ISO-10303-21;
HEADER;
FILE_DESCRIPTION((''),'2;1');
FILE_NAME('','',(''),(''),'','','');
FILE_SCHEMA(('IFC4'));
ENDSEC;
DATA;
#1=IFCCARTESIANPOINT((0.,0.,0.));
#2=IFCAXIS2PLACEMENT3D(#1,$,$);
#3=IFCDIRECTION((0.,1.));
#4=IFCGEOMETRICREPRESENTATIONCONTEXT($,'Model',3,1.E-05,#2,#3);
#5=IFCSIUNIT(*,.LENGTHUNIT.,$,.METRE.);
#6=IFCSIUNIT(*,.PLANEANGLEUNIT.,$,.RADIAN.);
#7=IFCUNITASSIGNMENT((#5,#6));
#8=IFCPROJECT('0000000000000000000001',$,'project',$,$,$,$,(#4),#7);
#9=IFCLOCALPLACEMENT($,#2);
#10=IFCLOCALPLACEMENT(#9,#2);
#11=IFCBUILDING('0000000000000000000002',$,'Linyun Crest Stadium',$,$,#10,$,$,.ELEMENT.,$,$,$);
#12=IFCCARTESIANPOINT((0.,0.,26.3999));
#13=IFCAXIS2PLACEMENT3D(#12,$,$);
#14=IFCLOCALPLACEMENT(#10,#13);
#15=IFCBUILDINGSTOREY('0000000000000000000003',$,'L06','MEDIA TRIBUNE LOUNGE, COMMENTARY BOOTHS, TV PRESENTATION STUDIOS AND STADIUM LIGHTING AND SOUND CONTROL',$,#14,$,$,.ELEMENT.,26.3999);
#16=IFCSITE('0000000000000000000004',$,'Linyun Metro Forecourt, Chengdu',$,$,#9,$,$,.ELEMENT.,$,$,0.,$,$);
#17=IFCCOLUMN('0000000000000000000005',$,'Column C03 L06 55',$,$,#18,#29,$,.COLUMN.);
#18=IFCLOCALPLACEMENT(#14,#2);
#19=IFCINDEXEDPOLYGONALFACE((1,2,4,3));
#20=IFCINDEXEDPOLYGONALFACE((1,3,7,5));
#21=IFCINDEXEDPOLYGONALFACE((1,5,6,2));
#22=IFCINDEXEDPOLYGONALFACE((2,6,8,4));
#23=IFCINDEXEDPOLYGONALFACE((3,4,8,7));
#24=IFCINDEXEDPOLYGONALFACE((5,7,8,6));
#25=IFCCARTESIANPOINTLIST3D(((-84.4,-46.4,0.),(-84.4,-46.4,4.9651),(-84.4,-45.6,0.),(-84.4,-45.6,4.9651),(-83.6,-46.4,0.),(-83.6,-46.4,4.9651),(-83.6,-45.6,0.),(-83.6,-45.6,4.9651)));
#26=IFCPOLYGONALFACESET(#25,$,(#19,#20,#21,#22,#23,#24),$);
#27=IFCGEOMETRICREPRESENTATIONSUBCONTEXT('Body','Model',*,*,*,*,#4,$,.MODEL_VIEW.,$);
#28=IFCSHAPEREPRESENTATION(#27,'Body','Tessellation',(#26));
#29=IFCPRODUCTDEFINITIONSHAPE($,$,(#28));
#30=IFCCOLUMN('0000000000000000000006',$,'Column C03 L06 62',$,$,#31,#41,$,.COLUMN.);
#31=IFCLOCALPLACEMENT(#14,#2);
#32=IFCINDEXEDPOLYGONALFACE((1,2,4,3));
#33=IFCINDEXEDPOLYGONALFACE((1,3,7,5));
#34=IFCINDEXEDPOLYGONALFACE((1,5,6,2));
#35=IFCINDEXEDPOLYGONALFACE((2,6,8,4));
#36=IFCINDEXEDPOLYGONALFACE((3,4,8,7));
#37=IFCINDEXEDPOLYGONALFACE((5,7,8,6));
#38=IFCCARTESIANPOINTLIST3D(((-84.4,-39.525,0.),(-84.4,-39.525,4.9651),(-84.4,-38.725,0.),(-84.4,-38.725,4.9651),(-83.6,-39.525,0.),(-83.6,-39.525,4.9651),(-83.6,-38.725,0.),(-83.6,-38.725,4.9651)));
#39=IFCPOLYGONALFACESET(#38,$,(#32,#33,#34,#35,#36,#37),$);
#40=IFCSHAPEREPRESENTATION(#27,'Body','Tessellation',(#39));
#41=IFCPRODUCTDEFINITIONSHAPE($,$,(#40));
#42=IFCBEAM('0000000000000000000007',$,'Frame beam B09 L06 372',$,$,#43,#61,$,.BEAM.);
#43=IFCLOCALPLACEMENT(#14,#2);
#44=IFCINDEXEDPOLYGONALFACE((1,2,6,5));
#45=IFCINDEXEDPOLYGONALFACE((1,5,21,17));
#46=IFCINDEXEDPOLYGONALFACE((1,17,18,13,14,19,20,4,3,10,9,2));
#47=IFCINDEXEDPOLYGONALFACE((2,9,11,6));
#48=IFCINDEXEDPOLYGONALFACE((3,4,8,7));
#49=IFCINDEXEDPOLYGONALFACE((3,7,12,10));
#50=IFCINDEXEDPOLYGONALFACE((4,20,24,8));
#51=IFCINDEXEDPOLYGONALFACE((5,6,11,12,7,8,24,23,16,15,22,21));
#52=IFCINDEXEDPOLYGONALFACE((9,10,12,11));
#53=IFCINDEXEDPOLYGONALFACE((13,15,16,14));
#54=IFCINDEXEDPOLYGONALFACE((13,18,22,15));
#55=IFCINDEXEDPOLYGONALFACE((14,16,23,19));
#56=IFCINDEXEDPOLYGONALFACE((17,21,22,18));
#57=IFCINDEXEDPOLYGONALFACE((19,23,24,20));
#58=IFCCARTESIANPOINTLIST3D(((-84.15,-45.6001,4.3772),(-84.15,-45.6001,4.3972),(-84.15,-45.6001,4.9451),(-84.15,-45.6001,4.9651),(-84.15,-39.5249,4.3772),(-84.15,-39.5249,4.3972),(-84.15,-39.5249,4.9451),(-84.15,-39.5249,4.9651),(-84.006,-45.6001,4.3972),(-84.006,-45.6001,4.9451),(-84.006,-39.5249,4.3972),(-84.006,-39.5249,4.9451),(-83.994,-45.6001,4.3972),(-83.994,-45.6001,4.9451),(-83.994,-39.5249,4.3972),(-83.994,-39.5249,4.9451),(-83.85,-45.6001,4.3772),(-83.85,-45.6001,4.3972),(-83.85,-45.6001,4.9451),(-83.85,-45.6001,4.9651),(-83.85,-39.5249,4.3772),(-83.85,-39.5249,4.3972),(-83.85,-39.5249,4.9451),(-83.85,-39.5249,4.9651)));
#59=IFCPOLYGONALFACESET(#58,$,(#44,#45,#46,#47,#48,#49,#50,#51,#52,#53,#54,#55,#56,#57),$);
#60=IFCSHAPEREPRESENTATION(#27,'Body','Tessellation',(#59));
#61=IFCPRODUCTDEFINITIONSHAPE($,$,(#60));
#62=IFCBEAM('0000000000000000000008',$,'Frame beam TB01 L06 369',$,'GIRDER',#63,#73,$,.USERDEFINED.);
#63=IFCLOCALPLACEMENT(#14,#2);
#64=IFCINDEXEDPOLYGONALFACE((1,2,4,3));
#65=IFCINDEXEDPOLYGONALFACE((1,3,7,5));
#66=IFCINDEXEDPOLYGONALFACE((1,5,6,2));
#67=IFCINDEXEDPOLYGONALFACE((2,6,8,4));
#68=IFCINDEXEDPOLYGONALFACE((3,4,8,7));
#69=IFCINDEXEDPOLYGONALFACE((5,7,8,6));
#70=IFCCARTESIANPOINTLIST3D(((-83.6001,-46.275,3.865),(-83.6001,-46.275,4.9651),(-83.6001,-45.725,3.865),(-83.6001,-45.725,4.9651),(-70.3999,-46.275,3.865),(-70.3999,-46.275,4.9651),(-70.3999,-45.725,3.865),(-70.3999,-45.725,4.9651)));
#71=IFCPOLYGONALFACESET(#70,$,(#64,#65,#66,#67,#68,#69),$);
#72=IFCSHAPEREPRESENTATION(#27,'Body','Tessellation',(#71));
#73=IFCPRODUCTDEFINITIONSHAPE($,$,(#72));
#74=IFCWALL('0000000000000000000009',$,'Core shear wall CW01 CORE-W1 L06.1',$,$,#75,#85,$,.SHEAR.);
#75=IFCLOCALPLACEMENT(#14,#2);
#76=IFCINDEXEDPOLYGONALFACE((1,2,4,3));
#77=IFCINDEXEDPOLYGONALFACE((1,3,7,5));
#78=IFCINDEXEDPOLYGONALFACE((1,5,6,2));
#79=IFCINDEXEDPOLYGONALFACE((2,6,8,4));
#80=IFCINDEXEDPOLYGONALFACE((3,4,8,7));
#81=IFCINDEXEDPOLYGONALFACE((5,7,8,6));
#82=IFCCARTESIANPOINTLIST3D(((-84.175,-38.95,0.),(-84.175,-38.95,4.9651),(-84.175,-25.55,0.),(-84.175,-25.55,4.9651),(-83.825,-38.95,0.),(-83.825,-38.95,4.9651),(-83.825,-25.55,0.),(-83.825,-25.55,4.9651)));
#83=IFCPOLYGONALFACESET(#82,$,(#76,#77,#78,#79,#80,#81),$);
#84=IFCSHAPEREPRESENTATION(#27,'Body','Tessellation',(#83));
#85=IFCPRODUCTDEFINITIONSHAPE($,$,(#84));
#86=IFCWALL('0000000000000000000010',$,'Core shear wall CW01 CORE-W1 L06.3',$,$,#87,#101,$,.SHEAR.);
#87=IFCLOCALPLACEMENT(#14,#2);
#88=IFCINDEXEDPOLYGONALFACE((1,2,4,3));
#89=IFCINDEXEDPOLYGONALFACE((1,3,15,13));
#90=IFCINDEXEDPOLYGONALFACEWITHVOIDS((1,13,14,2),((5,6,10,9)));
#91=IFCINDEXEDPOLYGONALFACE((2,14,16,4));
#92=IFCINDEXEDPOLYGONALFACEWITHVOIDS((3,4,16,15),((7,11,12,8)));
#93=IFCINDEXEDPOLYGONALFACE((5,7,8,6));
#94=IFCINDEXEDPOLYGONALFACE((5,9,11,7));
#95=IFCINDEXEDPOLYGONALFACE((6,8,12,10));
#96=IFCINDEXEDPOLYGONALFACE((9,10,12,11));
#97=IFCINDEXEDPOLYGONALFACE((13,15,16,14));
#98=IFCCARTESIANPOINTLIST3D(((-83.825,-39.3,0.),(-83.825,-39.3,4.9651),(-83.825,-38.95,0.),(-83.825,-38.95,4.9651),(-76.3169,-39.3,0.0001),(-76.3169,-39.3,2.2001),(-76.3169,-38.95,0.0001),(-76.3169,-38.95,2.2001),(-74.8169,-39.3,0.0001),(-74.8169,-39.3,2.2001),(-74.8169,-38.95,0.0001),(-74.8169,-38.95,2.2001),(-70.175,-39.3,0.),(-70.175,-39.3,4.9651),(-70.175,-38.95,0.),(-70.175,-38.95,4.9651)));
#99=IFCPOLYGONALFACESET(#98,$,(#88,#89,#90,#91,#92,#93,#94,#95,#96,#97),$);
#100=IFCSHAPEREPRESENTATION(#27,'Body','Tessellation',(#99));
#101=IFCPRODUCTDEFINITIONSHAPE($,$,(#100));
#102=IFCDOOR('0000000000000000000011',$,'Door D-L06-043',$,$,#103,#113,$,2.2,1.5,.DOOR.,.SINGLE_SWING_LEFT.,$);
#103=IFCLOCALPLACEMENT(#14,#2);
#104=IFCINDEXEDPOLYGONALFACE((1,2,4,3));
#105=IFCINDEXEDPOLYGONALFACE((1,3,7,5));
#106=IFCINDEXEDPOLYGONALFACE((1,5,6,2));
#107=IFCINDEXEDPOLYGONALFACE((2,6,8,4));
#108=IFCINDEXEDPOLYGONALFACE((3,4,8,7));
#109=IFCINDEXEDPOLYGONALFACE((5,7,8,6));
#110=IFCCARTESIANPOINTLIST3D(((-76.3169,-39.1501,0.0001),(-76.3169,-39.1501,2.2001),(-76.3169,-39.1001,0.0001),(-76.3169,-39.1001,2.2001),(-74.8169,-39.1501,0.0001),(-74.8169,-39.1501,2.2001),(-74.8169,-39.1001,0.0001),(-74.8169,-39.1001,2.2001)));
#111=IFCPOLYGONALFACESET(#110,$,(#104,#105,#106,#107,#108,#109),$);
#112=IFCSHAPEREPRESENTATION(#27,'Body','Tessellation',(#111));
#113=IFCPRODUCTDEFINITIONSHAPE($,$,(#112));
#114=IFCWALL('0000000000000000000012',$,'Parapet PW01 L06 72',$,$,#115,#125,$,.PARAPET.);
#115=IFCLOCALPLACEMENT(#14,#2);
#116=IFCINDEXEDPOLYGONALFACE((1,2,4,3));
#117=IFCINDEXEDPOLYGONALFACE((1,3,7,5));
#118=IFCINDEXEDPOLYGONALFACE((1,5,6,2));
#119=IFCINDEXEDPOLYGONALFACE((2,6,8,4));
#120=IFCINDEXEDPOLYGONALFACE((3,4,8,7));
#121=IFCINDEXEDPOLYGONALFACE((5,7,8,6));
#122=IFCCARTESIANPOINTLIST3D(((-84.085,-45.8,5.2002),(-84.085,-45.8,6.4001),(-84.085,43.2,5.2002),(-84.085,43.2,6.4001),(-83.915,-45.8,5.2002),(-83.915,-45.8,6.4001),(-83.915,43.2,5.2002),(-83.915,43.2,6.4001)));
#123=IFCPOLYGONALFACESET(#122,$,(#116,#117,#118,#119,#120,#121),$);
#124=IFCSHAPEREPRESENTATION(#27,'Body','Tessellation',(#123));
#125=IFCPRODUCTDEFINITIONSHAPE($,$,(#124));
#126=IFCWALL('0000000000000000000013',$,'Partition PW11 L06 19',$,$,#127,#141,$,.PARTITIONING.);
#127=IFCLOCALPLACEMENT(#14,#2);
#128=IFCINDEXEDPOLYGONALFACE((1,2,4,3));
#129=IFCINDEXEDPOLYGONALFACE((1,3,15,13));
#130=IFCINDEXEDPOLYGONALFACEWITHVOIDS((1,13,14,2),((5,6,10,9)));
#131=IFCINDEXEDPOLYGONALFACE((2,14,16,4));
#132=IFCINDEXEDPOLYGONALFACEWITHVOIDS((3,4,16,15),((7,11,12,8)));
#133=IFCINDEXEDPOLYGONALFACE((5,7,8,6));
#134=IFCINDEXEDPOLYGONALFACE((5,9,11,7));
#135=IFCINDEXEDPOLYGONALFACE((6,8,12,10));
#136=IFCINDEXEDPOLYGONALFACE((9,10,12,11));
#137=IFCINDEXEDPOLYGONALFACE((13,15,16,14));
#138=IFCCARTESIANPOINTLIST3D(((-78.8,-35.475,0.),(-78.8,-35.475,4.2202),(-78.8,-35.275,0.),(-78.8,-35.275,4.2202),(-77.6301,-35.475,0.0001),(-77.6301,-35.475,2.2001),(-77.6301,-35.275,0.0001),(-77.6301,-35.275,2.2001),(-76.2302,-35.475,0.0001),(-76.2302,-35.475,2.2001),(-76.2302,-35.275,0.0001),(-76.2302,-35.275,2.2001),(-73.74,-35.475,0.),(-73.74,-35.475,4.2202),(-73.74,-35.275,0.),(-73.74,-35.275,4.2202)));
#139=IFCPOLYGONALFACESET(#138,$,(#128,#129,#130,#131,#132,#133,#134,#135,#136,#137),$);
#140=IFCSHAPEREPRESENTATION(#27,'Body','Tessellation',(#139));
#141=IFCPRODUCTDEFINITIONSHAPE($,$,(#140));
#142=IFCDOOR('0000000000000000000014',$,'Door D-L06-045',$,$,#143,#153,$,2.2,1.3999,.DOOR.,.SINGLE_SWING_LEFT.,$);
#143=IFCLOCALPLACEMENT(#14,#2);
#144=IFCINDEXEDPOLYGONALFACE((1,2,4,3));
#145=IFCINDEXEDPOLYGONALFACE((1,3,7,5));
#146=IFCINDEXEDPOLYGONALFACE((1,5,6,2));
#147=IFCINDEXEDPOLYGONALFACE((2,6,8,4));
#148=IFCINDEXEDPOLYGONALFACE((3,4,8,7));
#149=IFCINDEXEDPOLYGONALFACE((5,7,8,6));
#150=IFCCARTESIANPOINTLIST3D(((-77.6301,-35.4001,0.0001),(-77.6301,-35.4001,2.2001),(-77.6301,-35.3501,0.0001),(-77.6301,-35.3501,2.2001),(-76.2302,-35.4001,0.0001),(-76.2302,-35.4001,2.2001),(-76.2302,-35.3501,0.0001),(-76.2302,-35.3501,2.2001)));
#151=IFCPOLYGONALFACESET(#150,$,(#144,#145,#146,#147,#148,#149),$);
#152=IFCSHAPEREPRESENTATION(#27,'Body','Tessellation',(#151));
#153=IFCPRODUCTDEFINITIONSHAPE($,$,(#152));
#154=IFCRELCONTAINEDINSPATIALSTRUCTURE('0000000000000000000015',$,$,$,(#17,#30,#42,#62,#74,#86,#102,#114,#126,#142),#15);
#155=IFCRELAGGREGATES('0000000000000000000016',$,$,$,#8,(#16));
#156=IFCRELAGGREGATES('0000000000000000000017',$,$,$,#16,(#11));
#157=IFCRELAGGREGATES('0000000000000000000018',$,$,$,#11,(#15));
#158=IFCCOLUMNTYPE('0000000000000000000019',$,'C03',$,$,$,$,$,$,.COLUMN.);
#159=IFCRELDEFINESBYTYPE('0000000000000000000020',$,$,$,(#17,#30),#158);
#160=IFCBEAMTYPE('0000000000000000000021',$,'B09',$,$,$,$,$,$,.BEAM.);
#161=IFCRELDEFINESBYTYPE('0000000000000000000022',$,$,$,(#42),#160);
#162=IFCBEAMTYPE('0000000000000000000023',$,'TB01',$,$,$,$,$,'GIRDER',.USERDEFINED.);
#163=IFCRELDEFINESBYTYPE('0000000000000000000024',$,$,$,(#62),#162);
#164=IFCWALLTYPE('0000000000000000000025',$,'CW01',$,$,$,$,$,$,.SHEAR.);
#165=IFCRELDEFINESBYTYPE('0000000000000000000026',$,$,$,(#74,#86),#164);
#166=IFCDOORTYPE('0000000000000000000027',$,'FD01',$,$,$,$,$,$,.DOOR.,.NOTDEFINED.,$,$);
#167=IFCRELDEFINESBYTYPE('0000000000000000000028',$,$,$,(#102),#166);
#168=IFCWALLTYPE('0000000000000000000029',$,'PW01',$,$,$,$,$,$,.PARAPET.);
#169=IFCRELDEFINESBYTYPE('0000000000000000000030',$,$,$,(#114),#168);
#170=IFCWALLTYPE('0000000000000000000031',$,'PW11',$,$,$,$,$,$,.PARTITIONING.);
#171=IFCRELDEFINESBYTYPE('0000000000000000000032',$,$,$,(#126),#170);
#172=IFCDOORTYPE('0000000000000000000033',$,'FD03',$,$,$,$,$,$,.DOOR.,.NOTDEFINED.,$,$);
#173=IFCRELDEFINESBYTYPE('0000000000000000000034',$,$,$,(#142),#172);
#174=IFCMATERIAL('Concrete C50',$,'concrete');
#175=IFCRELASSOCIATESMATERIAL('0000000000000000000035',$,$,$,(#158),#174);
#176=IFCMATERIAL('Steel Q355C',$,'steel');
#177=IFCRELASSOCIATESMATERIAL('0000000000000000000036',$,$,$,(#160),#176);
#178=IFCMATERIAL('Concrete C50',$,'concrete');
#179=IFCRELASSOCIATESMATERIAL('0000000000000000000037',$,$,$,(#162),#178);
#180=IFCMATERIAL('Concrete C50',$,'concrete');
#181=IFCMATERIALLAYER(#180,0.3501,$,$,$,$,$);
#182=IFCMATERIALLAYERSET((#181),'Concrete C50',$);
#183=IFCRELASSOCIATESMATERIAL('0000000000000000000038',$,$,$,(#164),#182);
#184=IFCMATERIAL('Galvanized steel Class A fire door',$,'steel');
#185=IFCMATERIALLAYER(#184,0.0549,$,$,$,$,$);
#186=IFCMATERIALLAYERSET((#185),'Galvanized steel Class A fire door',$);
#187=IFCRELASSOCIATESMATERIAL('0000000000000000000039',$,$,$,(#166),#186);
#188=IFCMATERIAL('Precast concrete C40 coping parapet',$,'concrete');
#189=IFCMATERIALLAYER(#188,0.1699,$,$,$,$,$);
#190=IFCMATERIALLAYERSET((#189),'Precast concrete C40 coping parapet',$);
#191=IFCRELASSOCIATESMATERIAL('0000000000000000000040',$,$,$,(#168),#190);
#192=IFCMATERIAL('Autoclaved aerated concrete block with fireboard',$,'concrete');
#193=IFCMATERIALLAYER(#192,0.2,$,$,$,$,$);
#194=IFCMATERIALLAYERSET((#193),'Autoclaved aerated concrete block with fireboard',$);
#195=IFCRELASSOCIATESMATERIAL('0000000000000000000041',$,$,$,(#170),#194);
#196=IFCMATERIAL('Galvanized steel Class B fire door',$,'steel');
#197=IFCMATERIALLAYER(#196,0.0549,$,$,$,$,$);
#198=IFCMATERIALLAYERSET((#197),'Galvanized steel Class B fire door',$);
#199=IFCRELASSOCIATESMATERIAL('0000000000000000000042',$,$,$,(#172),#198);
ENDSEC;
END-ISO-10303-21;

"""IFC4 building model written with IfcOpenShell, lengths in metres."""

from ifc_helpers import new_model, si_unit, direction, frame, frame_2d, origin, origin_2d, place, context, subcontext, project, spatial, rectangle, i_section, extrude, material, layer, layer_set, material_profile, profile_set, type_object, element, fill, save


model = new_model("IFC4")

# Units and contexts
model_context = context("Model", 3, precision=1e-05, world=origin(), true_north=direction((0.0, 1.0)))
body_context = subcontext(model_context, "Body", "Model", "MODEL_VIEW")
ifc_project = project(units=[si_unit("LENGTHUNIT", "METRE"), si_unit("PLANEANGLEUNIT", "RADIAN")], contexts=[model_context])

# Site, building, storey
site_placement = place(None, origin())
site = spatial("IfcSite", under=ifc_project, at=site_placement, Name="Linyun Metro Forecourt, Chengdu", CompositionType="ELEMENT", RefElevation=0.0)
building_placement = place(site_placement, origin())
building = spatial("IfcBuilding", under=site, at=building_placement, Name="Linyun Crest Stadium", CompositionType="ELEMENT")
storey_placement = place(building_placement, frame((0.0, 0.0, 26.3999)))
storey = spatial("IfcBuildingStorey", under=building, at=storey_placement, Name="L06", Description="MEDIA TRIBUNE LOUNGE, COMMENTARY BOOTHS, TV PRESENTATION STUDIOS AND STADIUM LIGHTING AND SOUND CONTROL", CompositionType="ELEMENT", Elevation=26.3999)

# Columns
ifc_material_1 = material(Name="Concrete C50", Category="concrete")
ifc_material_profile_1 = material_profile(ifc_material_1, rectangle(XDim=0.8, YDim=0.8, at=origin_2d()), Name="RC 800x800")
ifc_profile_set_1 = profile_set([ifc_material_profile_1], Name="Concrete C50")
column_type = type_object("IfcColumnType", Name="C03", PredefinedType="COLUMN", material=ifc_profile_set_1)
for number, where, z_axis, x_axis, name in (
    (1, (-84.0, -46.0, 0.0), (0.0, 0.0, 1.0), (1.0, 0.0, 0.0), "Column C03 L06 55"),
    (2, (-84.0, -39.125, 0.0), (0.0, 0.0, 1.0), (1.0, 0.0, 0.0), "Column C03 L06 62"),
):
    element("IfcColumn", number, at=place(storey_placement, frame(where, z_axis=z_axis, x_axis=x_axis)), inside=storey, type_object=column_type, Name=name, PredefinedType="COLUMN", context=body_context, shape_type="SweptSolid", body=[
        extrude(rectangle(XDim=0.8, YDim=0.8, at=origin_2d()), origin(), (0.0, 0.0, 1.0), 4.9651),
    ])

# Beams
ifc_material_2 = material(Name="Steel Q355C", Category="steel")
ifc_material_profile_2 = material_profile(ifc_material_2, i_section(OverallWidth=0.3, OverallDepth=0.5879, WebThickness=0.012, FlangeThickness=0.02, at=origin_2d()), Name="HM 588x300")
ifc_profile_set_2 = profile_set([ifc_material_profile_2], Name="Steel Q355C")
beam_type_1 = type_object("IfcBeamType", Name="B09", PredefinedType="BEAM", material=ifc_profile_set_2)
beam_1_placement = place(storey_placement, frame((-84.0, -45.6001, 4.6711), z_axis=(0.0, 1.0, 0.0), x_axis=(-1.0, 0.0, 0.0)))
element("IfcBeam", 3, at=beam_1_placement, inside=storey, type_object=beam_type_1, Name="Frame beam B09 L06 372", PredefinedType="BEAM", context=body_context, shape_type="SweptSolid", body=[
    extrude(i_section(OverallWidth=0.3, OverallDepth=0.5879, WebThickness=0.012, FlangeThickness=0.02, at=origin_2d()), origin(), (0.0, 0.0, 1.0), 6.0752),
])
ifc_material_3 = material(Name="Concrete C50", Category="concrete")
ifc_material_profile_3 = material_profile(ifc_material_3, rectangle(XDim=0.55, YDim=1.1001, at=origin_2d()), Name="RCB 1100x550")
ifc_profile_set_3 = profile_set([ifc_material_profile_3], Name="Concrete C50")
beam_type_2 = type_object("IfcBeamType", Name="TB01", ElementType="GIRDER", PredefinedType="USERDEFINED", material=ifc_profile_set_3)
beam_2_placement = place(storey_placement, frame((-83.6001, -46.0, 4.415), z_axis=(1.0, 0.0, 0.0), x_axis=(0.0, 1.0, 0.0)))
element("IfcBeam", 4, at=beam_2_placement, inside=storey, type_object=beam_type_2, Name="Frame beam TB01 L06 369", ObjectType="GIRDER", PredefinedType="USERDEFINED", context=body_context, shape_type="SweptSolid", body=[
    extrude(rectangle(XDim=0.55, YDim=1.1001, at=origin_2d()), origin(), (0.0, 0.0, 1.0), 13.2002),
])

# Wall
ifc_material_4 = material(Name="Concrete C50", Category="concrete")
ifc_layer_1 = layer(ifc_material_4, 0.3501)
ifc_layer_set_1 = layer_set([ifc_layer_1], Name="Concrete C50")
wall_type_1 = type_object("IfcWallType", Name="CW01", PredefinedType="SHEAR", material=ifc_layer_set_1)
wall_1_placement = place(storey_placement, frame((-84.0, -38.95, 0.0), z_axis=(0.0, 0.0, 1.0), x_axis=(0.0, 1.0, 0.0)))
element("IfcWall", 5, at=wall_1_placement, inside=storey, type_object=wall_type_1, Name="Core shear wall CW01 CORE-W1 L06.1", PredefinedType="SHEAR", context=body_context, shape_type="SweptSolid", body=[
    extrude(rectangle(XDim=13.3999, YDim=0.3501, at=frame_2d((6.7, 0.0))), origin(), (0.0, 0.0, 1.0), 4.9651),
])

# Wall, opening, door
wall_2_placement = place(storey_placement, frame((-83.825, -39.125, 0.0), z_axis=(0.0, 0.0, 1.0), x_axis=(1.0, 0.0, 0.0)))
wall_2 = element("IfcWall", 6, at=wall_2_placement, inside=storey, type_object=wall_type_1, Name="Core shear wall CW01 CORE-W1 L06.3", PredefinedType="SHEAR", context=body_context, shape_type="SweptSolid", body=[
    extrude(rectangle(XDim=13.6499, YDim=0.3501, at=frame_2d((6.825, 0.0))), origin(), (0.0, 0.0, 1.0), 4.9651),
])
opening_1_placement = place(wall_2_placement, frame((7.5081, 0.0, 0.0)))
opening_1 = element("IfcOpeningElement", 7, at=opening_1_placement, cuts=wall_2, PredefinedType="OPENING", context=body_context, shape_type="SweptSolid", body=[
    extrude(rectangle(XDim=1.5, YDim=2.2, at=frame_2d((0.75, 1.1001))), frame((0.0, 0.1851, 0.0), z_axis=(0.0, -1.0, 0.0), x_axis=(1.0, 0.0, 0.0)), (0.0, 0.0, 1.0), 0.3701),
])
ifc_material_5 = material(Name="Galvanized steel Class A fire door", Category="steel")
ifc_layer_2 = layer(ifc_material_5, 0.0549)
ifc_layer_set_2 = layer_set([ifc_layer_2], Name="Galvanized steel Class A fire door")
door_type_1 = type_object("IfcDoorType", Name="FD01", OperationType="NOTDEFINED", PredefinedType="DOOR", material=ifc_layer_set_2)
door_1_placement = place(opening_1_placement, origin())
door_1 = element("IfcDoor", 8, at=door_1_placement, inside=storey, type_object=door_type_1, Name="Door D-L06-043", OperationType="SINGLE_SWING_LEFT", OverallHeight=2.2, OverallWidth=1.5, PredefinedType="DOOR", context=body_context, shape_type="SweptSolid", body=[
    extrude(rectangle(XDim=1.5, YDim=2.2, at=frame_2d((0.75, 1.1001))), frame((0.0, 0.0249, 0.0), z_axis=(0.0, -1.0, 0.0), x_axis=(1.0, 0.0, 0.0)), (0.0, 0.0, 1.0), 0.05),
])
fill(opening_1, door_1)

# Wall
ifc_material_6 = material(Name="Precast concrete C40 coping parapet", Category="concrete")
ifc_layer_3 = layer(ifc_material_6, 0.1699)
ifc_layer_set_3 = layer_set([ifc_layer_3], Name="Precast concrete C40 coping parapet")
wall_type_2 = type_object("IfcWallType", Name="PW01", PredefinedType="PARAPET", material=ifc_layer_set_3)
wall_3_placement = place(storey_placement, frame((-84.0, -45.8, 5.2002), z_axis=(0.0, 0.0, 1.0), x_axis=(0.0, 1.0, 0.0)))
element("IfcWall", 9, at=wall_3_placement, inside=storey, type_object=wall_type_2, Name="Parapet PW01 L06 72", PredefinedType="PARAPET", context=body_context, shape_type="SweptSolid", body=[
    extrude(rectangle(XDim=89.0, YDim=0.1699, at=frame_2d((44.5, 0.0))), origin(), (0.0, 0.0, 1.0), 1.2),
])

# Wall, opening, door
ifc_material_7 = material(Name="Autoclaved aerated concrete block with fireboard", Category="concrete")
ifc_layer_4 = layer(ifc_material_7, 0.2)
ifc_layer_set_4 = layer_set([ifc_layer_4], Name="Autoclaved aerated concrete block with fireboard")
wall_type_3 = type_object("IfcWallType", Name="PW11", PredefinedType="PARTITIONING", material=ifc_layer_set_4)
wall_4_placement = place(storey_placement, frame((-78.8, -35.375, 0.0), z_axis=(0.0, 0.0, 1.0), x_axis=(1.0, 0.0, 0.0)))
wall_4 = element("IfcWall", 10, at=wall_4_placement, inside=storey, type_object=wall_type_3, Name="Partition PW11 L06 19", PredefinedType="PARTITIONING", context=body_context, shape_type="SweptSolid", body=[
    extrude(rectangle(XDim=5.0601, YDim=0.2, at=frame_2d((2.53, 0.0))), origin(), (0.0, 0.0, 1.0), 4.2202),
])
opening_2_placement = place(wall_4_placement, frame((1.1699, 0.0, 0.0)))
opening_2 = element("IfcOpeningElement", 11, at=opening_2_placement, cuts=wall_4, PredefinedType="OPENING", context=body_context, shape_type="SweptSolid", body=[
    extrude(rectangle(XDim=1.3999, YDim=2.2, at=frame_2d((0.7, 1.1001))), frame((0.0, 0.1099, 0.0), z_axis=(0.0, -1.0, 0.0), x_axis=(1.0, 0.0, 0.0)), (0.0, 0.0, 1.0), 0.22),
])
ifc_material_8 = material(Name="Galvanized steel Class B fire door", Category="steel")
ifc_layer_5 = layer(ifc_material_8, 0.0549)
ifc_layer_set_5 = layer_set([ifc_layer_5], Name="Galvanized steel Class B fire door")
door_type_2 = type_object("IfcDoorType", Name="FD03", OperationType="NOTDEFINED", PredefinedType="DOOR", material=ifc_layer_set_5)
door_2_placement = place(opening_2_placement, origin())
door_2 = element("IfcDoor", 12, at=door_2_placement, inside=storey, type_object=door_type_2, Name="Door D-L06-045", OperationType="SINGLE_SWING_LEFT", OverallHeight=2.2, OverallWidth=1.3999, PredefinedType="DOOR", context=body_context, shape_type="SweptSolid", body=[
    extrude(rectangle(XDim=1.3999, YDim=2.2, at=frame_2d((0.7, 1.1001))), frame((0.0, 0.0249, 0.0), z_axis=(0.0, -1.0, 0.0), x_axis=(1.0, 0.0, 0.0)), (0.0, 0.0, 1.0), 0.05),
])
fill(opening_2, door_2)

save(model, "model.ifc")
